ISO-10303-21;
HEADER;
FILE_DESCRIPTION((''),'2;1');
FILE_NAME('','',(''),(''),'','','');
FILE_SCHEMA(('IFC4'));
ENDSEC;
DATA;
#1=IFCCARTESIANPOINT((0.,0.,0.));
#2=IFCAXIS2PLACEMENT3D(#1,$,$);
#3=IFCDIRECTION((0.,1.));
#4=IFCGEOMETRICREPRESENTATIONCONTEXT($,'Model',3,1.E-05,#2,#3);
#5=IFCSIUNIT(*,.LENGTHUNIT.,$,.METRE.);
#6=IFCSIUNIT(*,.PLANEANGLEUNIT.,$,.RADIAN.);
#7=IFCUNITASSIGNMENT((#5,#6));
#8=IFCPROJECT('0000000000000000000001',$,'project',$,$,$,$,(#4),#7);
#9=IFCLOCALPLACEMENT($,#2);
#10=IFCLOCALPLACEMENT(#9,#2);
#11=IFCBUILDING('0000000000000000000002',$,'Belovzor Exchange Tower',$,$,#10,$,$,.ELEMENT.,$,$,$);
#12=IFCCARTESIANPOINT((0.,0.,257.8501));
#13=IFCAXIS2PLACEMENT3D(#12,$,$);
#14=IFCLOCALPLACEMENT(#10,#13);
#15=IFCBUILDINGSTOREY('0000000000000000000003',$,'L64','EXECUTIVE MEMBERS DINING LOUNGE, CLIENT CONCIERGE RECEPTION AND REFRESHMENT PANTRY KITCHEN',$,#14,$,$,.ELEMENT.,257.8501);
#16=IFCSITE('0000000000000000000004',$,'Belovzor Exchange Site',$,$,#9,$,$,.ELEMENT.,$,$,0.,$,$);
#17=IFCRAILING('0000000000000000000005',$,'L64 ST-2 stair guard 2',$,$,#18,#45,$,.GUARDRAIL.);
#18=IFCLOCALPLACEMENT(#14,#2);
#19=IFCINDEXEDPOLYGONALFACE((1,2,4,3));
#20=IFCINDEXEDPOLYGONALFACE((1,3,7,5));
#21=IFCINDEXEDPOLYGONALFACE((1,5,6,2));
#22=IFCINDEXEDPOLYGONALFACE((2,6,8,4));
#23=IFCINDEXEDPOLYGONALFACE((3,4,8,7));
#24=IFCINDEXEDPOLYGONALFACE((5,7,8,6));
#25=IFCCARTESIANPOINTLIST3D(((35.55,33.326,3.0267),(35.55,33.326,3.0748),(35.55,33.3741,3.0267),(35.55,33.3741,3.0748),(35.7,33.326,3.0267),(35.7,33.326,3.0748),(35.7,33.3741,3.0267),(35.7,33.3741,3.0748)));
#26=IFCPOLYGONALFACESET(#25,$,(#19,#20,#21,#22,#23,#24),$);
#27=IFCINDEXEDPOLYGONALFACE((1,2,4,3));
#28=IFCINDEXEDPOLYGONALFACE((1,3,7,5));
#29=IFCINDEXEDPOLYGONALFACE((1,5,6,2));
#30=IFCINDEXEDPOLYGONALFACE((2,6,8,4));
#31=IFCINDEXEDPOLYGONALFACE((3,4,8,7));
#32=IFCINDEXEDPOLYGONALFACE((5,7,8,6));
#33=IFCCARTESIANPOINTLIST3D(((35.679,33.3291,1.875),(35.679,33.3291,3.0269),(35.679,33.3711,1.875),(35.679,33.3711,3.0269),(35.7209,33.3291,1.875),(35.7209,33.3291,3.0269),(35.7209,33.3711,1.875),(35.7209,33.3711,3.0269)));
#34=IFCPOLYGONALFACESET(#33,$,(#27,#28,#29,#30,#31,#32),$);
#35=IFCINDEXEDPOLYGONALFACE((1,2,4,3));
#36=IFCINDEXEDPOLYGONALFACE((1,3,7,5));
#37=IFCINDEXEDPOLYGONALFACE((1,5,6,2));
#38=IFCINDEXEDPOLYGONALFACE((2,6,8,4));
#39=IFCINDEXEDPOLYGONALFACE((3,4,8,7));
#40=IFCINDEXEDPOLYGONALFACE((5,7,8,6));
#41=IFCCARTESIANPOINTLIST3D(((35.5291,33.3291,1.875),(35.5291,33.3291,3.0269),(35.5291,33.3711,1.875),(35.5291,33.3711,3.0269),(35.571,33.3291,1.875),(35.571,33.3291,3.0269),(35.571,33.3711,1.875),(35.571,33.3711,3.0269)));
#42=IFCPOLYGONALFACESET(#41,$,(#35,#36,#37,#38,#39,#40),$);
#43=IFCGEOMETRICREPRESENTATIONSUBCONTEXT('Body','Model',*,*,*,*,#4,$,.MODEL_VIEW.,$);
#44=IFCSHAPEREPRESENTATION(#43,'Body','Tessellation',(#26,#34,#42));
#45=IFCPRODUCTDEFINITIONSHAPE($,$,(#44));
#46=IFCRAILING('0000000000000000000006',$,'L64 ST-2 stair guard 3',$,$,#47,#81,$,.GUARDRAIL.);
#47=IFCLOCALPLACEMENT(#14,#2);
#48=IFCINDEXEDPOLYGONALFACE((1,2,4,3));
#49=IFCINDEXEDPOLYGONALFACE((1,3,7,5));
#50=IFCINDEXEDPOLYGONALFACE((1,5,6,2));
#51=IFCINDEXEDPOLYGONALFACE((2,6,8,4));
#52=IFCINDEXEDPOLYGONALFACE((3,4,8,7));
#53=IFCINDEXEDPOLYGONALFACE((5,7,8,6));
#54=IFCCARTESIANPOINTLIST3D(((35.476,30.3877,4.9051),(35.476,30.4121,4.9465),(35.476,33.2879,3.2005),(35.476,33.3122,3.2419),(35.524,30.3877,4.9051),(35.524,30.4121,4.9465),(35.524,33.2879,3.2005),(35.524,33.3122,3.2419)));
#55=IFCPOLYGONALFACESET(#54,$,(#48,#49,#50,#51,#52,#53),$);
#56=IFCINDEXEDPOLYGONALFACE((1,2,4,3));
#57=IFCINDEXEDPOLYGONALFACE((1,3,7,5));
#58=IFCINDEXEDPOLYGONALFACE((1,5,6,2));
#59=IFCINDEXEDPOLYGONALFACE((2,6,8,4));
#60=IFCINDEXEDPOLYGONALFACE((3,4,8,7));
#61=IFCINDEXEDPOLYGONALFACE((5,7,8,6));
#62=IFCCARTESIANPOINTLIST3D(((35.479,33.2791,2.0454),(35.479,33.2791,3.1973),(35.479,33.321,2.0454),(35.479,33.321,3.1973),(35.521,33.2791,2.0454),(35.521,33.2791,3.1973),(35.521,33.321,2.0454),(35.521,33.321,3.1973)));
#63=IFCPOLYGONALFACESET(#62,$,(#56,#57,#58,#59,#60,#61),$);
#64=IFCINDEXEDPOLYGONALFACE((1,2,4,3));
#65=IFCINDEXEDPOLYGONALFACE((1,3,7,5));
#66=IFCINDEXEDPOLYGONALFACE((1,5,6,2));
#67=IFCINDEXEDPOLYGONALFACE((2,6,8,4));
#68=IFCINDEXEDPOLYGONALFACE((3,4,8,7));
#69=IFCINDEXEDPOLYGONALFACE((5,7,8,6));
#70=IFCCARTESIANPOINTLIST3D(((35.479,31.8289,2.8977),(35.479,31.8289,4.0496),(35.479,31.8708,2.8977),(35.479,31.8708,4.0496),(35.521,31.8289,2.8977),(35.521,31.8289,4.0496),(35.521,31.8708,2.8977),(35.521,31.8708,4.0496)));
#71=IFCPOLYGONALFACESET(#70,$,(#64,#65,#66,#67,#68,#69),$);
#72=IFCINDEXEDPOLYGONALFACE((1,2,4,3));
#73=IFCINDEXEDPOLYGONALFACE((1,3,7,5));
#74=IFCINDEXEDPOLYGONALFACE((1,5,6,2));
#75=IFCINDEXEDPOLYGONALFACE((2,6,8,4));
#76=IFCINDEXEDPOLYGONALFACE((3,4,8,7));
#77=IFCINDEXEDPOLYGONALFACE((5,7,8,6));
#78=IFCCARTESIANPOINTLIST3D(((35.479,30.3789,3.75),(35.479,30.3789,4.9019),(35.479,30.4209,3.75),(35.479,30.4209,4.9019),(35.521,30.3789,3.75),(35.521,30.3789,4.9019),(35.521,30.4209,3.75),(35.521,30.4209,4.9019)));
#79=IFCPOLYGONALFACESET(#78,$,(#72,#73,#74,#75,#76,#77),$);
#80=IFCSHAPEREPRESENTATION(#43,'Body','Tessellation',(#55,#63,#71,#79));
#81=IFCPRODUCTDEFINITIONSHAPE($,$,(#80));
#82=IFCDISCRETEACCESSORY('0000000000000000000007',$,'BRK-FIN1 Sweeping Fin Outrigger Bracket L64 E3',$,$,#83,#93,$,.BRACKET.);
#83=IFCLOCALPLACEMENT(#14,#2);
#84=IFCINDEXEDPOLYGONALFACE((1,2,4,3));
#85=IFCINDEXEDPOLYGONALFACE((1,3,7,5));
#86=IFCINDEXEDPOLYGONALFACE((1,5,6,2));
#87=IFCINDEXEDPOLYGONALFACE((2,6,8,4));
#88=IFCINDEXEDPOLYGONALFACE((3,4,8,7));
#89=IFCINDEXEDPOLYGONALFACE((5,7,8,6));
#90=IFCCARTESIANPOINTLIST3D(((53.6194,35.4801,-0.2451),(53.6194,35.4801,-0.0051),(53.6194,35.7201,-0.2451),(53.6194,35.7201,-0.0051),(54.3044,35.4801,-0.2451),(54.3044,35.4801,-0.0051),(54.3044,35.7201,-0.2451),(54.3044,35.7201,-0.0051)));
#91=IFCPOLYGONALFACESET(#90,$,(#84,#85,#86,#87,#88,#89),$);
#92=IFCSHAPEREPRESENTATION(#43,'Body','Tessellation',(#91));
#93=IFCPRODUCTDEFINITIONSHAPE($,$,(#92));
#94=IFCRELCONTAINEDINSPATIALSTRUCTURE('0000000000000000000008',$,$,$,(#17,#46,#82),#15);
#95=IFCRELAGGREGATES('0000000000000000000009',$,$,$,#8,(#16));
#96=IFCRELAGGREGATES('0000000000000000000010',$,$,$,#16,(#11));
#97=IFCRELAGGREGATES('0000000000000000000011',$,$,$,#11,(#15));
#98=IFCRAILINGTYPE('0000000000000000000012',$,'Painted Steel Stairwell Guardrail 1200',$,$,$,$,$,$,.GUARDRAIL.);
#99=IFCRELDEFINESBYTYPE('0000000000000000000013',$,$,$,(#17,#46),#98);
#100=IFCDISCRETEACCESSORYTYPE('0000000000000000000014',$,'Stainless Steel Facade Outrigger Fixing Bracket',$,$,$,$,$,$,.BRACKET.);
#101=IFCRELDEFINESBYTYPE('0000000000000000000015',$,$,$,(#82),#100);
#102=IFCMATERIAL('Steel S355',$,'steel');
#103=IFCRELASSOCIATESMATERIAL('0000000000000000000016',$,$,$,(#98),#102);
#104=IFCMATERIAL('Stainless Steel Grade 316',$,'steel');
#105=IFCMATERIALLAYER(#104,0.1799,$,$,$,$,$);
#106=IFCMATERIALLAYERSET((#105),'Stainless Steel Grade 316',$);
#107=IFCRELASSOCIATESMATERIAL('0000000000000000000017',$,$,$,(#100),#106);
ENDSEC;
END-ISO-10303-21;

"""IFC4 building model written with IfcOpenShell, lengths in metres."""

from ifc_helpers import new_model, si_unit, direction, frame, origin, origin_2d, place, context, subcontext, project, spatial, rectangle, extrude, material, layer, layer_set, type_object, element, save


model = new_model("IFC4")

# Units and contexts
model_context = context("Model", 3, precision=1e-05, world=origin(), true_north=direction((0.0, 1.0)))
body_context = subcontext(model_context, "Body", "Model", "MODEL_VIEW")
ifc_project = project(units=[si_unit("LENGTHUNIT", "METRE"), si_unit("PLANEANGLEUNIT", "RADIAN")], contexts=[model_context])

# Site, building, storey
site_placement = place(None, origin())
site = spatial("IfcSite", under=ifc_project, at=site_placement, Name="Belovzor Exchange Site", CompositionType="ELEMENT", RefElevation=0.0)
building_placement = place(site_placement, origin())
building = spatial("IfcBuilding", under=site, at=building_placement, Name="Belovzor Exchange Tower", CompositionType="ELEMENT")
storey_placement = place(building_placement, frame((0.0, 0.0, 257.8501)))
storey = spatial("IfcBuildingStorey", under=building, at=storey_placement, Name="L64", Description="EXECUTIVE MEMBERS DINING LOUNGE, CLIENT CONCIERGE RECEPTION AND REFRESHMENT PANTRY KITCHEN", CompositionType="ELEMENT", Elevation=257.8501)

# Railings
ifc_material_1 = material(Name="Steel S355", Category="steel")
railing_type_1 = type_object("IfcRailingType", Name="Painted Steel Stairwell Guardrail 1200", PredefinedType="GUARDRAIL", material=ifc_material_1)
railing_1_placement = place(storey_placement, frame((35.7, 33.3501, 1.875)))
element("IfcRailing", 1, at=railing_1_placement, inside=storey, type_object=railing_type_1, Name="L64 ST-2 stair guard 2", PredefinedType="GUARDRAIL", context=body_context, shape_type="SweptSolid", body=[
    extrude(rectangle(XDim=0.0481, YDim=0.0481, at=origin_2d()), frame((0.0, 0.0, 1.1758), z_axis=(-1.0, 0.0, 0.0), x_axis=(0.0, -1.0, 0.0)), (0.0, 0.0, 1.0), 0.1499),
    extrude(rectangle(XDim=0.042, YDim=0.042, at=origin_2d()), origin(), (0.0, 0.0, 1.0), 1.1519),
    extrude(rectangle(XDim=0.042, YDim=0.042, at=origin_2d()), frame((-0.1499, 0.0, 0.0)), (0.0, 0.0, 1.0), 1.1519),
])
railing_2_placement = place(storey_placement, frame((35.5, 33.3, 2.0454)))
element("IfcRailing", 2, at=railing_2_placement, inside=storey, type_object=railing_type_1, Name="L64 ST-2 stair guard 3", PredefinedType="GUARDRAIL", context=body_context, shape_type="SweptSolid", body=[
    extrude(rectangle(XDim=0.0481, YDim=0.0481, at=origin_2d()), frame((0.0, 0.0, 1.1758), z_axis=(0.0, -0.862113, 0.506716), x_axis=(1.0, 0.0, 0.0)), (0.0, 0.0, 1.0), 3.364),
    extrude(rectangle(XDim=0.042, YDim=0.042, at=origin_2d()), origin(), (0.0, 0.0, 1.0), 1.1519),
    extrude(rectangle(XDim=0.042, YDim=0.042, at=origin_2d()), frame((0.0, -1.4502, 0.8523)), (0.0, 0.0, 1.0), 1.1519),
    extrude(rectangle(XDim=0.042, YDim=0.042, at=origin_2d()), frame((0.0, -2.9001, 1.7046)), (0.0, 0.0, 1.0), 1.1519),
])

# Discrete accessory
ifc_material_2 = material(Name="Stainless Steel Grade 316", Category="steel")
ifc_layer_1 = layer(ifc_material_2, 0.1799)
ifc_layer_set_1 = layer_set([ifc_layer_1], Name="Stainless Steel Grade 316")
discrete_accessory_type = type_object("IfcDiscreteAccessoryType", Name="Stainless Steel Facade Outrigger Fixing Bracket", PredefinedType="BRACKET", material=ifc_layer_set_1)
discrete_accessory_placement = place(storey_placement, frame((53.9619, 35.6001, -0.2451), z_axis=(0.0, 0.0, 1.0), x_axis=(1.0, 0.0, 0.0)))
element("IfcDiscreteAccessory", 3, at=discrete_accessory_placement, inside=storey, type_object=discrete_accessory_type, Name="BRK-FIN1 Sweeping Fin Outrigger Bracket L64 E3", PredefinedType="BRACKET", context=body_context, shape_type="SweptSolid", body=[
    extrude(rectangle(XDim=0.6851, YDim=0.24, at=origin_2d()), origin(), (0.0, 0.0, 1.0), 0.24),
])

save(model, "model.ifc")
